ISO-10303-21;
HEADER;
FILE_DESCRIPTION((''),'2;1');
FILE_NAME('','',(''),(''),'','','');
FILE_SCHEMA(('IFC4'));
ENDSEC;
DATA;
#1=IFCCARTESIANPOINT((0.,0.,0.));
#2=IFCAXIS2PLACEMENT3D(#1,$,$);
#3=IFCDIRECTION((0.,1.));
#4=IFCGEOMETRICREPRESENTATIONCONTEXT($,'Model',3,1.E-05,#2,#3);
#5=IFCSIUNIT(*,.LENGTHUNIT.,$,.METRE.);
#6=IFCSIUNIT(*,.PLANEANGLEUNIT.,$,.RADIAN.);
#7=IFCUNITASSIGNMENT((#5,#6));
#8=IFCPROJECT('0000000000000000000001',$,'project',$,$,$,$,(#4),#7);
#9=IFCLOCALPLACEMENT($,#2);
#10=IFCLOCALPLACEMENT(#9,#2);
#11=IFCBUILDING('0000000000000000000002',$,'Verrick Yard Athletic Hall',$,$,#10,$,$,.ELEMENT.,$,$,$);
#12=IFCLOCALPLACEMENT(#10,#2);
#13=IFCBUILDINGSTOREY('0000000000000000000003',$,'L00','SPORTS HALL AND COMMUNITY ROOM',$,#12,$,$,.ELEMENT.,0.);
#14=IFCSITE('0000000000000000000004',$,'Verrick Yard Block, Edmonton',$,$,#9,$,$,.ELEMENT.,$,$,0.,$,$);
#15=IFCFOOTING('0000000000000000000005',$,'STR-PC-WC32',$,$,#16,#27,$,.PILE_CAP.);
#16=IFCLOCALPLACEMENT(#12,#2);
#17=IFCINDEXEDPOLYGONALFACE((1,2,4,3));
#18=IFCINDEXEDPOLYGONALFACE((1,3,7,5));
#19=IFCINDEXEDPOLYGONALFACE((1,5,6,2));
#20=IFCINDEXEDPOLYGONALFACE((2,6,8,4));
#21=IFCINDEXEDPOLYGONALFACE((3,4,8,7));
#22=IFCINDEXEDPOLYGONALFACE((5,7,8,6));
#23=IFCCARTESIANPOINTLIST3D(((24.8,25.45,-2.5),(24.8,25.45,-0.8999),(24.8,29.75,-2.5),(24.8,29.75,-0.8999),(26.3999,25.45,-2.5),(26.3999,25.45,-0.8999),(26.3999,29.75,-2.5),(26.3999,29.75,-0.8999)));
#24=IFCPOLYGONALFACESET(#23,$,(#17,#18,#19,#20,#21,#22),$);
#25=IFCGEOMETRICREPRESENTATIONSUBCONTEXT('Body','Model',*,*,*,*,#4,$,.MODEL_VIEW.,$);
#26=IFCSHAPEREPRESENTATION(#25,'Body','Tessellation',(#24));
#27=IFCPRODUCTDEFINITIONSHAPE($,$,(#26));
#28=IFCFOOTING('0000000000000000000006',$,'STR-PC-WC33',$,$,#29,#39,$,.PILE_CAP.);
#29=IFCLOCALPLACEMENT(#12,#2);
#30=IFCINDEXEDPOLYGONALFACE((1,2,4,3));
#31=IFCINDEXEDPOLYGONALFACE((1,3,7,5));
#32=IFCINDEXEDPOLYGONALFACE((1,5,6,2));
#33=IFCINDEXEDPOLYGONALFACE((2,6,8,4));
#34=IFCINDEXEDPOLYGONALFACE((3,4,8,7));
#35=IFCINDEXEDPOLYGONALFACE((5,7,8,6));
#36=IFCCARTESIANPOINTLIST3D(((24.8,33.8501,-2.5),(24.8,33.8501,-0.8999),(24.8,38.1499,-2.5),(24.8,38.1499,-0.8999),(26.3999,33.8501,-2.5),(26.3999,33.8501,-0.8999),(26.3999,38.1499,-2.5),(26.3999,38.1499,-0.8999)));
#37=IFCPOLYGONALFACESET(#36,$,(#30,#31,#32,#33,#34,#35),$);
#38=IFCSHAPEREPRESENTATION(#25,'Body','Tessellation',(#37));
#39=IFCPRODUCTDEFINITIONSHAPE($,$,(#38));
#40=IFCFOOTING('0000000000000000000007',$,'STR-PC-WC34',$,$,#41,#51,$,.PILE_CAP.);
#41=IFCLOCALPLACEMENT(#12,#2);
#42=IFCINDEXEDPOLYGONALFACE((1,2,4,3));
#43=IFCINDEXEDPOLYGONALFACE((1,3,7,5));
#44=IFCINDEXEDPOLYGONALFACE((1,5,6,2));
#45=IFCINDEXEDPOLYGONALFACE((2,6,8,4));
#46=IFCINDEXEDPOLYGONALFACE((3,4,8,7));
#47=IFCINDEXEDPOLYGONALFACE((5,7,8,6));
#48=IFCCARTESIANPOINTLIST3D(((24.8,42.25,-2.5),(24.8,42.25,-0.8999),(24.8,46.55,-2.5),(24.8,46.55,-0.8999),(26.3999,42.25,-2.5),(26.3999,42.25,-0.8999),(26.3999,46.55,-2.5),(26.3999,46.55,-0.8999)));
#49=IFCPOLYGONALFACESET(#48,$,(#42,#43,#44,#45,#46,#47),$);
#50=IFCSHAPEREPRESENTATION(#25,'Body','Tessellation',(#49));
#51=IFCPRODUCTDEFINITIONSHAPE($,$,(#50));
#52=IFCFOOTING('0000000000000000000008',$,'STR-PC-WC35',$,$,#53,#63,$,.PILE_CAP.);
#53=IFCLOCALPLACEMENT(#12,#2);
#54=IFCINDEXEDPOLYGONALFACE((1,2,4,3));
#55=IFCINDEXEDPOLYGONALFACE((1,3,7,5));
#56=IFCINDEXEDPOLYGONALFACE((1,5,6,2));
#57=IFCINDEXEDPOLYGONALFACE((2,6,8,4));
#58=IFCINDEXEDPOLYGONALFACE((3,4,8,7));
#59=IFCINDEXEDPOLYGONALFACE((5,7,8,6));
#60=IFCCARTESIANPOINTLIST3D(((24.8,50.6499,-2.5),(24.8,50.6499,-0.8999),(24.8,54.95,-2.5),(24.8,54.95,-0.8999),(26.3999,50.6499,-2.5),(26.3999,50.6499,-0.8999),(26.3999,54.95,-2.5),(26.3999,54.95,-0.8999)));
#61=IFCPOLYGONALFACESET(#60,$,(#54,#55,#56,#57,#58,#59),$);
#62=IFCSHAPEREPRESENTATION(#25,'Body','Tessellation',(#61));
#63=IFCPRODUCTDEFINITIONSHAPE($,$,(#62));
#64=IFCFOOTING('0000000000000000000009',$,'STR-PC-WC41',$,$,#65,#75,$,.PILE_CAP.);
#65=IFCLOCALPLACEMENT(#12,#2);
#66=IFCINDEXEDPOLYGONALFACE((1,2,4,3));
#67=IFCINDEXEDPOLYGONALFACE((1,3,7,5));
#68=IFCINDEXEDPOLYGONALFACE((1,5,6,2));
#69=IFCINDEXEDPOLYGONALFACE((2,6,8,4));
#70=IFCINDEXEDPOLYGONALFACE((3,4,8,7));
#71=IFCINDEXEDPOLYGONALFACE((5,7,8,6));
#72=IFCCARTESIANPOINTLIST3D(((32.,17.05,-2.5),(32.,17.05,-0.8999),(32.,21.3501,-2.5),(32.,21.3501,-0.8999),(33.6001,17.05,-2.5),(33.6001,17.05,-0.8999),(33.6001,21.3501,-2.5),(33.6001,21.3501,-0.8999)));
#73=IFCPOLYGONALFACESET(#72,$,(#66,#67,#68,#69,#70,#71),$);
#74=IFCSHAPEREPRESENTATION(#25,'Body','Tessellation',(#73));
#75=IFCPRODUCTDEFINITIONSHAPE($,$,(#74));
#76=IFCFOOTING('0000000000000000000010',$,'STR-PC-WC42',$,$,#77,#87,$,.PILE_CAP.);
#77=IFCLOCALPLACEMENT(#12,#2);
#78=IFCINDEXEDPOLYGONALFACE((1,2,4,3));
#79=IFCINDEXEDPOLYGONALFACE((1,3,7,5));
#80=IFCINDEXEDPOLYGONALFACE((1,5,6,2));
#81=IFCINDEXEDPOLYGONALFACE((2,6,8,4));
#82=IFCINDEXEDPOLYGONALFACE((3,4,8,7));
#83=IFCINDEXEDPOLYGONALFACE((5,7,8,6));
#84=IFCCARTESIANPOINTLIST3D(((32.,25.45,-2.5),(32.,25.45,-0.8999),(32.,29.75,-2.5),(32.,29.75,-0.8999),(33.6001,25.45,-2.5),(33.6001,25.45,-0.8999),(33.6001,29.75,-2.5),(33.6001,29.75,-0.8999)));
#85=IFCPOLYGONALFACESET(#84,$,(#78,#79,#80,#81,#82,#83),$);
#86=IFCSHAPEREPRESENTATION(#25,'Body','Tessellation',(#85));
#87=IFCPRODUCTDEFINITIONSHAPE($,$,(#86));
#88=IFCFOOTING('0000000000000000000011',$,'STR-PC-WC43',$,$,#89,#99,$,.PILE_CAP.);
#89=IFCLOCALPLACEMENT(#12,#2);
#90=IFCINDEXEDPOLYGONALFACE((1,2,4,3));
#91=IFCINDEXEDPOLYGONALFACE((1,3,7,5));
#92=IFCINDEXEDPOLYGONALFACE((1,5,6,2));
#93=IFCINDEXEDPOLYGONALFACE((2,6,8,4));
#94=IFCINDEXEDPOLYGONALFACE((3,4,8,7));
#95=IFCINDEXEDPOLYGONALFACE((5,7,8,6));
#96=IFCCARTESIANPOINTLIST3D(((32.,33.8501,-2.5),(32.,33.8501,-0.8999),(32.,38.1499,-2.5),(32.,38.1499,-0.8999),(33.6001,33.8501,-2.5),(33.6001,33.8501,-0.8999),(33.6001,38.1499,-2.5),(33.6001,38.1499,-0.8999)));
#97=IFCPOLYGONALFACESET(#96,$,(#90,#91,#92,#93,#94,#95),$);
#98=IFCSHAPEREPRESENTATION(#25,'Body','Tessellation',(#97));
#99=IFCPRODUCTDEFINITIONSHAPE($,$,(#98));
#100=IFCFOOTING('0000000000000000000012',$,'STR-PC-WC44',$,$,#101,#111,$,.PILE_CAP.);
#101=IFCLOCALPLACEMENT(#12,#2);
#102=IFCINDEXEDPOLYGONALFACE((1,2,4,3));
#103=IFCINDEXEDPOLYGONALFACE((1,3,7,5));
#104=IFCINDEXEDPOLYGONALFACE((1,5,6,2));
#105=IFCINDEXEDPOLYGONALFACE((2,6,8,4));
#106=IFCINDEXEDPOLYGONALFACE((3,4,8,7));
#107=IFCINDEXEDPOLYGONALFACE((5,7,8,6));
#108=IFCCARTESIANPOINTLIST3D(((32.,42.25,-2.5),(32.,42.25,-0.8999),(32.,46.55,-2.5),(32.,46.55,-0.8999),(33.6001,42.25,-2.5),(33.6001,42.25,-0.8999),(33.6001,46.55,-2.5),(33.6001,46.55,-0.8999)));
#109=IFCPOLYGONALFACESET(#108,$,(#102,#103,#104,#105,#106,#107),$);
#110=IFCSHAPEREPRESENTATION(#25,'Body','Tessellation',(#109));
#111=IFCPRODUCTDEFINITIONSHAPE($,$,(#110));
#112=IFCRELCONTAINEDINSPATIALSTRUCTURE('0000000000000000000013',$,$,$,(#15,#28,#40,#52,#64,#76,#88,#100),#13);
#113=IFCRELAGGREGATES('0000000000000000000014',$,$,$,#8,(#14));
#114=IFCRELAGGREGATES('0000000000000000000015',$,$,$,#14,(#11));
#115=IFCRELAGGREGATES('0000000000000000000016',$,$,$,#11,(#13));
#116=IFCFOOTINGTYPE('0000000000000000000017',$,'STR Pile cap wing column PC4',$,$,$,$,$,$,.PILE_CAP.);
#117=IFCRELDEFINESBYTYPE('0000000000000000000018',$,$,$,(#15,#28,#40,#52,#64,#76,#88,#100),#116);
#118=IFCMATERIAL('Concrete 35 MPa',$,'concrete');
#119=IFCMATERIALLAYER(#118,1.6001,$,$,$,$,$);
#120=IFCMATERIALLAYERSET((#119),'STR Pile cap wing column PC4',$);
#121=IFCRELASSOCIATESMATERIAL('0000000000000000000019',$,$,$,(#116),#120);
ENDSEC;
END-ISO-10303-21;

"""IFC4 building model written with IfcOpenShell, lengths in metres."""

from ifc_helpers import new_model, si_unit, direction, frame, origin, place, context, subcontext, project, spatial, polyline, outline, extrude, material, layer, layer_set, type_object, element, save


model = new_model("IFC4")

# Units and contexts
model_context = context("Model", 3, precision=1e-05, world=origin(), true_north=direction((0.0, 1.0)))
body_context = subcontext(model_context, "Body", "Model", "MODEL_VIEW")
ifc_project = project(units=[si_unit("LENGTHUNIT", "METRE"), si_unit("PLANEANGLEUNIT", "RADIAN")], contexts=[model_context])

# Site, building, storey
site_placement = place(None, origin())
site = spatial("IfcSite", under=ifc_project, at=site_placement, Name="Verrick Yard Block, Edmonton", CompositionType="ELEMENT", RefElevation=0.0)
building_placement = place(site_placement, origin())
building = spatial("IfcBuilding", under=site, at=building_placement, Name="Verrick Yard Athletic Hall", CompositionType="ELEMENT")
storey_placement = place(building_placement, origin())
storey = spatial("IfcBuildingStorey", under=building, at=storey_placement, Name="L00", Description="SPORTS HALL AND COMMUNITY ROOM", CompositionType="ELEMENT", Elevation=0.0)

# Footings
ifc_material = material(Name="Concrete 35 MPa", Category="concrete")
ifc_layer_1 = layer(ifc_material, 1.6001)
ifc_layer_set_1 = layer_set([ifc_layer_1], Name="STR Pile cap wing column PC4")
footing_type_1 = type_object("IfcFootingType", Name="STR Pile cap wing column PC4", PredefinedType="PILE_CAP", material=ifc_layer_set_1)
footing_1_placement = place(storey_placement, frame((0.0, 0.0, -2.5)))
element("IfcFooting", 1, at=footing_1_placement, inside=storey, type_object=footing_type_1, Name="STR-PC-WC32", PredefinedType="PILE_CAP", context=body_context, shape_type="SweptSolid", body=[
    extrude(outline(polyline([(24.8, 25.45), (26.3999, 25.45), (26.3999, 29.75), (24.8, 29.75), (24.8, 25.45)])), origin(), (0.0, 0.0, 1.0), 1.6001),
])
footing_2_placement = place(storey_placement, frame((0.0, 0.0, -2.5)))
element("IfcFooting", 2, at=footing_2_placement, inside=storey, type_object=footing_type_1, Name="STR-PC-WC33", PredefinedType="PILE_CAP", context=body_context, shape_type="SweptSolid", body=[
    extrude(outline(polyline([(24.8, 33.8501), (26.3999, 33.8501), (26.3999, 38.1499), (24.8, 38.1499), (24.8, 33.8501)])), origin(), (0.0, 0.0, 1.0), 1.6001),
])
footing_3_placement = place(storey_placement, frame((0.0, 0.0, -2.5)))
element("IfcFooting", 3, at=footing_3_placement, inside=storey, type_object=footing_type_1, Name="STR-PC-WC34", PredefinedType="PILE_CAP", context=body_context, shape_type="SweptSolid", body=[
    extrude(outline(polyline([(24.8, 42.25), (26.3999, 42.25), (26.3999, 46.55), (24.8, 46.55), (24.8, 42.25)])), origin(), (0.0, 0.0, 1.0), 1.6001),
])
footing_4_placement = place(storey_placement, frame((0.0, 0.0, -2.5)))
element("IfcFooting", 4, at=footing_4_placement, inside=storey, type_object=footing_type_1, Name="STR-PC-WC35", PredefinedType="PILE_CAP", context=body_context, shape_type="SweptSolid", body=[
    extrude(outline(polyline([(24.8, 50.6499), (26.3999, 50.6499), (26.3999, 54.95), (24.8, 54.95), (24.8, 50.6499)])), origin(), (0.0, 0.0, 1.0), 1.6001),
])
footing_5_placement = place(storey_placement, frame((0.0, 0.0, -2.5)))
element("IfcFooting", 5, at=footing_5_placement, inside=storey, type_object=footing_type_1, Name="STR-PC-WC41", PredefinedType="PILE_CAP", context=body_context, shape_type="SweptSolid", body=[
    extrude(outline(polyline([(32.0, 17.05), (33.6001, 17.05), (33.6001, 21.3501), (32.0, 21.3501), (32.0, 17.05)])), origin(), (0.0, 0.0, 1.0), 1.6001),
])
footing_6_placement = place(storey_placement, frame((0.0, 0.0, -2.5)))
element("IfcFooting", 6, at=footing_6_placement, inside=storey, type_object=footing_type_1, Name="STR-PC-WC42", PredefinedType="PILE_CAP", context=body_context, shape_type="SweptSolid", body=[
    extrude(outline(polyline([(32.0, 25.45), (33.6001, 25.45), (33.6001, 29.75), (32.0, 29.75), (32.0, 25.45)])), origin(), (0.0, 0.0, 1.0), 1.6001),
])
footing_7_placement = place(storey_placement, frame((0.0, 0.0, -2.5)))
element("IfcFooting", 7, at=footing_7_placement, inside=storey, type_object=footing_type_1, Name="STR-PC-WC43", PredefinedType="PILE_CAP", context=body_context, shape_type="SweptSolid", body=[
    extrude(outline(polyline([(32.0, 33.8501), (33.6001, 33.8501), (33.6001, 38.1499), (32.0, 38.1499), (32.0, 33.8501)])), origin(), (0.0, 0.0, 1.0), 1.6001),
])
footing_8_placement = place(storey_placement, frame((0.0, 0.0, -2.5)))
element("IfcFooting", 8, at=footing_8_placement, inside=storey, type_object=footing_type_1, Name="STR-PC-WC44", PredefinedType="PILE_CAP", context=body_context, shape_type="SweptSolid", body=[
    extrude(outline(polyline([(32.0, 42.25), (33.6001, 42.25), (33.6001, 46.55), (32.0, 46.55), (32.0, 42.25)])), origin(), (0.0, 0.0, 1.0), 1.6001),
])

save(model, "model.ifc")
